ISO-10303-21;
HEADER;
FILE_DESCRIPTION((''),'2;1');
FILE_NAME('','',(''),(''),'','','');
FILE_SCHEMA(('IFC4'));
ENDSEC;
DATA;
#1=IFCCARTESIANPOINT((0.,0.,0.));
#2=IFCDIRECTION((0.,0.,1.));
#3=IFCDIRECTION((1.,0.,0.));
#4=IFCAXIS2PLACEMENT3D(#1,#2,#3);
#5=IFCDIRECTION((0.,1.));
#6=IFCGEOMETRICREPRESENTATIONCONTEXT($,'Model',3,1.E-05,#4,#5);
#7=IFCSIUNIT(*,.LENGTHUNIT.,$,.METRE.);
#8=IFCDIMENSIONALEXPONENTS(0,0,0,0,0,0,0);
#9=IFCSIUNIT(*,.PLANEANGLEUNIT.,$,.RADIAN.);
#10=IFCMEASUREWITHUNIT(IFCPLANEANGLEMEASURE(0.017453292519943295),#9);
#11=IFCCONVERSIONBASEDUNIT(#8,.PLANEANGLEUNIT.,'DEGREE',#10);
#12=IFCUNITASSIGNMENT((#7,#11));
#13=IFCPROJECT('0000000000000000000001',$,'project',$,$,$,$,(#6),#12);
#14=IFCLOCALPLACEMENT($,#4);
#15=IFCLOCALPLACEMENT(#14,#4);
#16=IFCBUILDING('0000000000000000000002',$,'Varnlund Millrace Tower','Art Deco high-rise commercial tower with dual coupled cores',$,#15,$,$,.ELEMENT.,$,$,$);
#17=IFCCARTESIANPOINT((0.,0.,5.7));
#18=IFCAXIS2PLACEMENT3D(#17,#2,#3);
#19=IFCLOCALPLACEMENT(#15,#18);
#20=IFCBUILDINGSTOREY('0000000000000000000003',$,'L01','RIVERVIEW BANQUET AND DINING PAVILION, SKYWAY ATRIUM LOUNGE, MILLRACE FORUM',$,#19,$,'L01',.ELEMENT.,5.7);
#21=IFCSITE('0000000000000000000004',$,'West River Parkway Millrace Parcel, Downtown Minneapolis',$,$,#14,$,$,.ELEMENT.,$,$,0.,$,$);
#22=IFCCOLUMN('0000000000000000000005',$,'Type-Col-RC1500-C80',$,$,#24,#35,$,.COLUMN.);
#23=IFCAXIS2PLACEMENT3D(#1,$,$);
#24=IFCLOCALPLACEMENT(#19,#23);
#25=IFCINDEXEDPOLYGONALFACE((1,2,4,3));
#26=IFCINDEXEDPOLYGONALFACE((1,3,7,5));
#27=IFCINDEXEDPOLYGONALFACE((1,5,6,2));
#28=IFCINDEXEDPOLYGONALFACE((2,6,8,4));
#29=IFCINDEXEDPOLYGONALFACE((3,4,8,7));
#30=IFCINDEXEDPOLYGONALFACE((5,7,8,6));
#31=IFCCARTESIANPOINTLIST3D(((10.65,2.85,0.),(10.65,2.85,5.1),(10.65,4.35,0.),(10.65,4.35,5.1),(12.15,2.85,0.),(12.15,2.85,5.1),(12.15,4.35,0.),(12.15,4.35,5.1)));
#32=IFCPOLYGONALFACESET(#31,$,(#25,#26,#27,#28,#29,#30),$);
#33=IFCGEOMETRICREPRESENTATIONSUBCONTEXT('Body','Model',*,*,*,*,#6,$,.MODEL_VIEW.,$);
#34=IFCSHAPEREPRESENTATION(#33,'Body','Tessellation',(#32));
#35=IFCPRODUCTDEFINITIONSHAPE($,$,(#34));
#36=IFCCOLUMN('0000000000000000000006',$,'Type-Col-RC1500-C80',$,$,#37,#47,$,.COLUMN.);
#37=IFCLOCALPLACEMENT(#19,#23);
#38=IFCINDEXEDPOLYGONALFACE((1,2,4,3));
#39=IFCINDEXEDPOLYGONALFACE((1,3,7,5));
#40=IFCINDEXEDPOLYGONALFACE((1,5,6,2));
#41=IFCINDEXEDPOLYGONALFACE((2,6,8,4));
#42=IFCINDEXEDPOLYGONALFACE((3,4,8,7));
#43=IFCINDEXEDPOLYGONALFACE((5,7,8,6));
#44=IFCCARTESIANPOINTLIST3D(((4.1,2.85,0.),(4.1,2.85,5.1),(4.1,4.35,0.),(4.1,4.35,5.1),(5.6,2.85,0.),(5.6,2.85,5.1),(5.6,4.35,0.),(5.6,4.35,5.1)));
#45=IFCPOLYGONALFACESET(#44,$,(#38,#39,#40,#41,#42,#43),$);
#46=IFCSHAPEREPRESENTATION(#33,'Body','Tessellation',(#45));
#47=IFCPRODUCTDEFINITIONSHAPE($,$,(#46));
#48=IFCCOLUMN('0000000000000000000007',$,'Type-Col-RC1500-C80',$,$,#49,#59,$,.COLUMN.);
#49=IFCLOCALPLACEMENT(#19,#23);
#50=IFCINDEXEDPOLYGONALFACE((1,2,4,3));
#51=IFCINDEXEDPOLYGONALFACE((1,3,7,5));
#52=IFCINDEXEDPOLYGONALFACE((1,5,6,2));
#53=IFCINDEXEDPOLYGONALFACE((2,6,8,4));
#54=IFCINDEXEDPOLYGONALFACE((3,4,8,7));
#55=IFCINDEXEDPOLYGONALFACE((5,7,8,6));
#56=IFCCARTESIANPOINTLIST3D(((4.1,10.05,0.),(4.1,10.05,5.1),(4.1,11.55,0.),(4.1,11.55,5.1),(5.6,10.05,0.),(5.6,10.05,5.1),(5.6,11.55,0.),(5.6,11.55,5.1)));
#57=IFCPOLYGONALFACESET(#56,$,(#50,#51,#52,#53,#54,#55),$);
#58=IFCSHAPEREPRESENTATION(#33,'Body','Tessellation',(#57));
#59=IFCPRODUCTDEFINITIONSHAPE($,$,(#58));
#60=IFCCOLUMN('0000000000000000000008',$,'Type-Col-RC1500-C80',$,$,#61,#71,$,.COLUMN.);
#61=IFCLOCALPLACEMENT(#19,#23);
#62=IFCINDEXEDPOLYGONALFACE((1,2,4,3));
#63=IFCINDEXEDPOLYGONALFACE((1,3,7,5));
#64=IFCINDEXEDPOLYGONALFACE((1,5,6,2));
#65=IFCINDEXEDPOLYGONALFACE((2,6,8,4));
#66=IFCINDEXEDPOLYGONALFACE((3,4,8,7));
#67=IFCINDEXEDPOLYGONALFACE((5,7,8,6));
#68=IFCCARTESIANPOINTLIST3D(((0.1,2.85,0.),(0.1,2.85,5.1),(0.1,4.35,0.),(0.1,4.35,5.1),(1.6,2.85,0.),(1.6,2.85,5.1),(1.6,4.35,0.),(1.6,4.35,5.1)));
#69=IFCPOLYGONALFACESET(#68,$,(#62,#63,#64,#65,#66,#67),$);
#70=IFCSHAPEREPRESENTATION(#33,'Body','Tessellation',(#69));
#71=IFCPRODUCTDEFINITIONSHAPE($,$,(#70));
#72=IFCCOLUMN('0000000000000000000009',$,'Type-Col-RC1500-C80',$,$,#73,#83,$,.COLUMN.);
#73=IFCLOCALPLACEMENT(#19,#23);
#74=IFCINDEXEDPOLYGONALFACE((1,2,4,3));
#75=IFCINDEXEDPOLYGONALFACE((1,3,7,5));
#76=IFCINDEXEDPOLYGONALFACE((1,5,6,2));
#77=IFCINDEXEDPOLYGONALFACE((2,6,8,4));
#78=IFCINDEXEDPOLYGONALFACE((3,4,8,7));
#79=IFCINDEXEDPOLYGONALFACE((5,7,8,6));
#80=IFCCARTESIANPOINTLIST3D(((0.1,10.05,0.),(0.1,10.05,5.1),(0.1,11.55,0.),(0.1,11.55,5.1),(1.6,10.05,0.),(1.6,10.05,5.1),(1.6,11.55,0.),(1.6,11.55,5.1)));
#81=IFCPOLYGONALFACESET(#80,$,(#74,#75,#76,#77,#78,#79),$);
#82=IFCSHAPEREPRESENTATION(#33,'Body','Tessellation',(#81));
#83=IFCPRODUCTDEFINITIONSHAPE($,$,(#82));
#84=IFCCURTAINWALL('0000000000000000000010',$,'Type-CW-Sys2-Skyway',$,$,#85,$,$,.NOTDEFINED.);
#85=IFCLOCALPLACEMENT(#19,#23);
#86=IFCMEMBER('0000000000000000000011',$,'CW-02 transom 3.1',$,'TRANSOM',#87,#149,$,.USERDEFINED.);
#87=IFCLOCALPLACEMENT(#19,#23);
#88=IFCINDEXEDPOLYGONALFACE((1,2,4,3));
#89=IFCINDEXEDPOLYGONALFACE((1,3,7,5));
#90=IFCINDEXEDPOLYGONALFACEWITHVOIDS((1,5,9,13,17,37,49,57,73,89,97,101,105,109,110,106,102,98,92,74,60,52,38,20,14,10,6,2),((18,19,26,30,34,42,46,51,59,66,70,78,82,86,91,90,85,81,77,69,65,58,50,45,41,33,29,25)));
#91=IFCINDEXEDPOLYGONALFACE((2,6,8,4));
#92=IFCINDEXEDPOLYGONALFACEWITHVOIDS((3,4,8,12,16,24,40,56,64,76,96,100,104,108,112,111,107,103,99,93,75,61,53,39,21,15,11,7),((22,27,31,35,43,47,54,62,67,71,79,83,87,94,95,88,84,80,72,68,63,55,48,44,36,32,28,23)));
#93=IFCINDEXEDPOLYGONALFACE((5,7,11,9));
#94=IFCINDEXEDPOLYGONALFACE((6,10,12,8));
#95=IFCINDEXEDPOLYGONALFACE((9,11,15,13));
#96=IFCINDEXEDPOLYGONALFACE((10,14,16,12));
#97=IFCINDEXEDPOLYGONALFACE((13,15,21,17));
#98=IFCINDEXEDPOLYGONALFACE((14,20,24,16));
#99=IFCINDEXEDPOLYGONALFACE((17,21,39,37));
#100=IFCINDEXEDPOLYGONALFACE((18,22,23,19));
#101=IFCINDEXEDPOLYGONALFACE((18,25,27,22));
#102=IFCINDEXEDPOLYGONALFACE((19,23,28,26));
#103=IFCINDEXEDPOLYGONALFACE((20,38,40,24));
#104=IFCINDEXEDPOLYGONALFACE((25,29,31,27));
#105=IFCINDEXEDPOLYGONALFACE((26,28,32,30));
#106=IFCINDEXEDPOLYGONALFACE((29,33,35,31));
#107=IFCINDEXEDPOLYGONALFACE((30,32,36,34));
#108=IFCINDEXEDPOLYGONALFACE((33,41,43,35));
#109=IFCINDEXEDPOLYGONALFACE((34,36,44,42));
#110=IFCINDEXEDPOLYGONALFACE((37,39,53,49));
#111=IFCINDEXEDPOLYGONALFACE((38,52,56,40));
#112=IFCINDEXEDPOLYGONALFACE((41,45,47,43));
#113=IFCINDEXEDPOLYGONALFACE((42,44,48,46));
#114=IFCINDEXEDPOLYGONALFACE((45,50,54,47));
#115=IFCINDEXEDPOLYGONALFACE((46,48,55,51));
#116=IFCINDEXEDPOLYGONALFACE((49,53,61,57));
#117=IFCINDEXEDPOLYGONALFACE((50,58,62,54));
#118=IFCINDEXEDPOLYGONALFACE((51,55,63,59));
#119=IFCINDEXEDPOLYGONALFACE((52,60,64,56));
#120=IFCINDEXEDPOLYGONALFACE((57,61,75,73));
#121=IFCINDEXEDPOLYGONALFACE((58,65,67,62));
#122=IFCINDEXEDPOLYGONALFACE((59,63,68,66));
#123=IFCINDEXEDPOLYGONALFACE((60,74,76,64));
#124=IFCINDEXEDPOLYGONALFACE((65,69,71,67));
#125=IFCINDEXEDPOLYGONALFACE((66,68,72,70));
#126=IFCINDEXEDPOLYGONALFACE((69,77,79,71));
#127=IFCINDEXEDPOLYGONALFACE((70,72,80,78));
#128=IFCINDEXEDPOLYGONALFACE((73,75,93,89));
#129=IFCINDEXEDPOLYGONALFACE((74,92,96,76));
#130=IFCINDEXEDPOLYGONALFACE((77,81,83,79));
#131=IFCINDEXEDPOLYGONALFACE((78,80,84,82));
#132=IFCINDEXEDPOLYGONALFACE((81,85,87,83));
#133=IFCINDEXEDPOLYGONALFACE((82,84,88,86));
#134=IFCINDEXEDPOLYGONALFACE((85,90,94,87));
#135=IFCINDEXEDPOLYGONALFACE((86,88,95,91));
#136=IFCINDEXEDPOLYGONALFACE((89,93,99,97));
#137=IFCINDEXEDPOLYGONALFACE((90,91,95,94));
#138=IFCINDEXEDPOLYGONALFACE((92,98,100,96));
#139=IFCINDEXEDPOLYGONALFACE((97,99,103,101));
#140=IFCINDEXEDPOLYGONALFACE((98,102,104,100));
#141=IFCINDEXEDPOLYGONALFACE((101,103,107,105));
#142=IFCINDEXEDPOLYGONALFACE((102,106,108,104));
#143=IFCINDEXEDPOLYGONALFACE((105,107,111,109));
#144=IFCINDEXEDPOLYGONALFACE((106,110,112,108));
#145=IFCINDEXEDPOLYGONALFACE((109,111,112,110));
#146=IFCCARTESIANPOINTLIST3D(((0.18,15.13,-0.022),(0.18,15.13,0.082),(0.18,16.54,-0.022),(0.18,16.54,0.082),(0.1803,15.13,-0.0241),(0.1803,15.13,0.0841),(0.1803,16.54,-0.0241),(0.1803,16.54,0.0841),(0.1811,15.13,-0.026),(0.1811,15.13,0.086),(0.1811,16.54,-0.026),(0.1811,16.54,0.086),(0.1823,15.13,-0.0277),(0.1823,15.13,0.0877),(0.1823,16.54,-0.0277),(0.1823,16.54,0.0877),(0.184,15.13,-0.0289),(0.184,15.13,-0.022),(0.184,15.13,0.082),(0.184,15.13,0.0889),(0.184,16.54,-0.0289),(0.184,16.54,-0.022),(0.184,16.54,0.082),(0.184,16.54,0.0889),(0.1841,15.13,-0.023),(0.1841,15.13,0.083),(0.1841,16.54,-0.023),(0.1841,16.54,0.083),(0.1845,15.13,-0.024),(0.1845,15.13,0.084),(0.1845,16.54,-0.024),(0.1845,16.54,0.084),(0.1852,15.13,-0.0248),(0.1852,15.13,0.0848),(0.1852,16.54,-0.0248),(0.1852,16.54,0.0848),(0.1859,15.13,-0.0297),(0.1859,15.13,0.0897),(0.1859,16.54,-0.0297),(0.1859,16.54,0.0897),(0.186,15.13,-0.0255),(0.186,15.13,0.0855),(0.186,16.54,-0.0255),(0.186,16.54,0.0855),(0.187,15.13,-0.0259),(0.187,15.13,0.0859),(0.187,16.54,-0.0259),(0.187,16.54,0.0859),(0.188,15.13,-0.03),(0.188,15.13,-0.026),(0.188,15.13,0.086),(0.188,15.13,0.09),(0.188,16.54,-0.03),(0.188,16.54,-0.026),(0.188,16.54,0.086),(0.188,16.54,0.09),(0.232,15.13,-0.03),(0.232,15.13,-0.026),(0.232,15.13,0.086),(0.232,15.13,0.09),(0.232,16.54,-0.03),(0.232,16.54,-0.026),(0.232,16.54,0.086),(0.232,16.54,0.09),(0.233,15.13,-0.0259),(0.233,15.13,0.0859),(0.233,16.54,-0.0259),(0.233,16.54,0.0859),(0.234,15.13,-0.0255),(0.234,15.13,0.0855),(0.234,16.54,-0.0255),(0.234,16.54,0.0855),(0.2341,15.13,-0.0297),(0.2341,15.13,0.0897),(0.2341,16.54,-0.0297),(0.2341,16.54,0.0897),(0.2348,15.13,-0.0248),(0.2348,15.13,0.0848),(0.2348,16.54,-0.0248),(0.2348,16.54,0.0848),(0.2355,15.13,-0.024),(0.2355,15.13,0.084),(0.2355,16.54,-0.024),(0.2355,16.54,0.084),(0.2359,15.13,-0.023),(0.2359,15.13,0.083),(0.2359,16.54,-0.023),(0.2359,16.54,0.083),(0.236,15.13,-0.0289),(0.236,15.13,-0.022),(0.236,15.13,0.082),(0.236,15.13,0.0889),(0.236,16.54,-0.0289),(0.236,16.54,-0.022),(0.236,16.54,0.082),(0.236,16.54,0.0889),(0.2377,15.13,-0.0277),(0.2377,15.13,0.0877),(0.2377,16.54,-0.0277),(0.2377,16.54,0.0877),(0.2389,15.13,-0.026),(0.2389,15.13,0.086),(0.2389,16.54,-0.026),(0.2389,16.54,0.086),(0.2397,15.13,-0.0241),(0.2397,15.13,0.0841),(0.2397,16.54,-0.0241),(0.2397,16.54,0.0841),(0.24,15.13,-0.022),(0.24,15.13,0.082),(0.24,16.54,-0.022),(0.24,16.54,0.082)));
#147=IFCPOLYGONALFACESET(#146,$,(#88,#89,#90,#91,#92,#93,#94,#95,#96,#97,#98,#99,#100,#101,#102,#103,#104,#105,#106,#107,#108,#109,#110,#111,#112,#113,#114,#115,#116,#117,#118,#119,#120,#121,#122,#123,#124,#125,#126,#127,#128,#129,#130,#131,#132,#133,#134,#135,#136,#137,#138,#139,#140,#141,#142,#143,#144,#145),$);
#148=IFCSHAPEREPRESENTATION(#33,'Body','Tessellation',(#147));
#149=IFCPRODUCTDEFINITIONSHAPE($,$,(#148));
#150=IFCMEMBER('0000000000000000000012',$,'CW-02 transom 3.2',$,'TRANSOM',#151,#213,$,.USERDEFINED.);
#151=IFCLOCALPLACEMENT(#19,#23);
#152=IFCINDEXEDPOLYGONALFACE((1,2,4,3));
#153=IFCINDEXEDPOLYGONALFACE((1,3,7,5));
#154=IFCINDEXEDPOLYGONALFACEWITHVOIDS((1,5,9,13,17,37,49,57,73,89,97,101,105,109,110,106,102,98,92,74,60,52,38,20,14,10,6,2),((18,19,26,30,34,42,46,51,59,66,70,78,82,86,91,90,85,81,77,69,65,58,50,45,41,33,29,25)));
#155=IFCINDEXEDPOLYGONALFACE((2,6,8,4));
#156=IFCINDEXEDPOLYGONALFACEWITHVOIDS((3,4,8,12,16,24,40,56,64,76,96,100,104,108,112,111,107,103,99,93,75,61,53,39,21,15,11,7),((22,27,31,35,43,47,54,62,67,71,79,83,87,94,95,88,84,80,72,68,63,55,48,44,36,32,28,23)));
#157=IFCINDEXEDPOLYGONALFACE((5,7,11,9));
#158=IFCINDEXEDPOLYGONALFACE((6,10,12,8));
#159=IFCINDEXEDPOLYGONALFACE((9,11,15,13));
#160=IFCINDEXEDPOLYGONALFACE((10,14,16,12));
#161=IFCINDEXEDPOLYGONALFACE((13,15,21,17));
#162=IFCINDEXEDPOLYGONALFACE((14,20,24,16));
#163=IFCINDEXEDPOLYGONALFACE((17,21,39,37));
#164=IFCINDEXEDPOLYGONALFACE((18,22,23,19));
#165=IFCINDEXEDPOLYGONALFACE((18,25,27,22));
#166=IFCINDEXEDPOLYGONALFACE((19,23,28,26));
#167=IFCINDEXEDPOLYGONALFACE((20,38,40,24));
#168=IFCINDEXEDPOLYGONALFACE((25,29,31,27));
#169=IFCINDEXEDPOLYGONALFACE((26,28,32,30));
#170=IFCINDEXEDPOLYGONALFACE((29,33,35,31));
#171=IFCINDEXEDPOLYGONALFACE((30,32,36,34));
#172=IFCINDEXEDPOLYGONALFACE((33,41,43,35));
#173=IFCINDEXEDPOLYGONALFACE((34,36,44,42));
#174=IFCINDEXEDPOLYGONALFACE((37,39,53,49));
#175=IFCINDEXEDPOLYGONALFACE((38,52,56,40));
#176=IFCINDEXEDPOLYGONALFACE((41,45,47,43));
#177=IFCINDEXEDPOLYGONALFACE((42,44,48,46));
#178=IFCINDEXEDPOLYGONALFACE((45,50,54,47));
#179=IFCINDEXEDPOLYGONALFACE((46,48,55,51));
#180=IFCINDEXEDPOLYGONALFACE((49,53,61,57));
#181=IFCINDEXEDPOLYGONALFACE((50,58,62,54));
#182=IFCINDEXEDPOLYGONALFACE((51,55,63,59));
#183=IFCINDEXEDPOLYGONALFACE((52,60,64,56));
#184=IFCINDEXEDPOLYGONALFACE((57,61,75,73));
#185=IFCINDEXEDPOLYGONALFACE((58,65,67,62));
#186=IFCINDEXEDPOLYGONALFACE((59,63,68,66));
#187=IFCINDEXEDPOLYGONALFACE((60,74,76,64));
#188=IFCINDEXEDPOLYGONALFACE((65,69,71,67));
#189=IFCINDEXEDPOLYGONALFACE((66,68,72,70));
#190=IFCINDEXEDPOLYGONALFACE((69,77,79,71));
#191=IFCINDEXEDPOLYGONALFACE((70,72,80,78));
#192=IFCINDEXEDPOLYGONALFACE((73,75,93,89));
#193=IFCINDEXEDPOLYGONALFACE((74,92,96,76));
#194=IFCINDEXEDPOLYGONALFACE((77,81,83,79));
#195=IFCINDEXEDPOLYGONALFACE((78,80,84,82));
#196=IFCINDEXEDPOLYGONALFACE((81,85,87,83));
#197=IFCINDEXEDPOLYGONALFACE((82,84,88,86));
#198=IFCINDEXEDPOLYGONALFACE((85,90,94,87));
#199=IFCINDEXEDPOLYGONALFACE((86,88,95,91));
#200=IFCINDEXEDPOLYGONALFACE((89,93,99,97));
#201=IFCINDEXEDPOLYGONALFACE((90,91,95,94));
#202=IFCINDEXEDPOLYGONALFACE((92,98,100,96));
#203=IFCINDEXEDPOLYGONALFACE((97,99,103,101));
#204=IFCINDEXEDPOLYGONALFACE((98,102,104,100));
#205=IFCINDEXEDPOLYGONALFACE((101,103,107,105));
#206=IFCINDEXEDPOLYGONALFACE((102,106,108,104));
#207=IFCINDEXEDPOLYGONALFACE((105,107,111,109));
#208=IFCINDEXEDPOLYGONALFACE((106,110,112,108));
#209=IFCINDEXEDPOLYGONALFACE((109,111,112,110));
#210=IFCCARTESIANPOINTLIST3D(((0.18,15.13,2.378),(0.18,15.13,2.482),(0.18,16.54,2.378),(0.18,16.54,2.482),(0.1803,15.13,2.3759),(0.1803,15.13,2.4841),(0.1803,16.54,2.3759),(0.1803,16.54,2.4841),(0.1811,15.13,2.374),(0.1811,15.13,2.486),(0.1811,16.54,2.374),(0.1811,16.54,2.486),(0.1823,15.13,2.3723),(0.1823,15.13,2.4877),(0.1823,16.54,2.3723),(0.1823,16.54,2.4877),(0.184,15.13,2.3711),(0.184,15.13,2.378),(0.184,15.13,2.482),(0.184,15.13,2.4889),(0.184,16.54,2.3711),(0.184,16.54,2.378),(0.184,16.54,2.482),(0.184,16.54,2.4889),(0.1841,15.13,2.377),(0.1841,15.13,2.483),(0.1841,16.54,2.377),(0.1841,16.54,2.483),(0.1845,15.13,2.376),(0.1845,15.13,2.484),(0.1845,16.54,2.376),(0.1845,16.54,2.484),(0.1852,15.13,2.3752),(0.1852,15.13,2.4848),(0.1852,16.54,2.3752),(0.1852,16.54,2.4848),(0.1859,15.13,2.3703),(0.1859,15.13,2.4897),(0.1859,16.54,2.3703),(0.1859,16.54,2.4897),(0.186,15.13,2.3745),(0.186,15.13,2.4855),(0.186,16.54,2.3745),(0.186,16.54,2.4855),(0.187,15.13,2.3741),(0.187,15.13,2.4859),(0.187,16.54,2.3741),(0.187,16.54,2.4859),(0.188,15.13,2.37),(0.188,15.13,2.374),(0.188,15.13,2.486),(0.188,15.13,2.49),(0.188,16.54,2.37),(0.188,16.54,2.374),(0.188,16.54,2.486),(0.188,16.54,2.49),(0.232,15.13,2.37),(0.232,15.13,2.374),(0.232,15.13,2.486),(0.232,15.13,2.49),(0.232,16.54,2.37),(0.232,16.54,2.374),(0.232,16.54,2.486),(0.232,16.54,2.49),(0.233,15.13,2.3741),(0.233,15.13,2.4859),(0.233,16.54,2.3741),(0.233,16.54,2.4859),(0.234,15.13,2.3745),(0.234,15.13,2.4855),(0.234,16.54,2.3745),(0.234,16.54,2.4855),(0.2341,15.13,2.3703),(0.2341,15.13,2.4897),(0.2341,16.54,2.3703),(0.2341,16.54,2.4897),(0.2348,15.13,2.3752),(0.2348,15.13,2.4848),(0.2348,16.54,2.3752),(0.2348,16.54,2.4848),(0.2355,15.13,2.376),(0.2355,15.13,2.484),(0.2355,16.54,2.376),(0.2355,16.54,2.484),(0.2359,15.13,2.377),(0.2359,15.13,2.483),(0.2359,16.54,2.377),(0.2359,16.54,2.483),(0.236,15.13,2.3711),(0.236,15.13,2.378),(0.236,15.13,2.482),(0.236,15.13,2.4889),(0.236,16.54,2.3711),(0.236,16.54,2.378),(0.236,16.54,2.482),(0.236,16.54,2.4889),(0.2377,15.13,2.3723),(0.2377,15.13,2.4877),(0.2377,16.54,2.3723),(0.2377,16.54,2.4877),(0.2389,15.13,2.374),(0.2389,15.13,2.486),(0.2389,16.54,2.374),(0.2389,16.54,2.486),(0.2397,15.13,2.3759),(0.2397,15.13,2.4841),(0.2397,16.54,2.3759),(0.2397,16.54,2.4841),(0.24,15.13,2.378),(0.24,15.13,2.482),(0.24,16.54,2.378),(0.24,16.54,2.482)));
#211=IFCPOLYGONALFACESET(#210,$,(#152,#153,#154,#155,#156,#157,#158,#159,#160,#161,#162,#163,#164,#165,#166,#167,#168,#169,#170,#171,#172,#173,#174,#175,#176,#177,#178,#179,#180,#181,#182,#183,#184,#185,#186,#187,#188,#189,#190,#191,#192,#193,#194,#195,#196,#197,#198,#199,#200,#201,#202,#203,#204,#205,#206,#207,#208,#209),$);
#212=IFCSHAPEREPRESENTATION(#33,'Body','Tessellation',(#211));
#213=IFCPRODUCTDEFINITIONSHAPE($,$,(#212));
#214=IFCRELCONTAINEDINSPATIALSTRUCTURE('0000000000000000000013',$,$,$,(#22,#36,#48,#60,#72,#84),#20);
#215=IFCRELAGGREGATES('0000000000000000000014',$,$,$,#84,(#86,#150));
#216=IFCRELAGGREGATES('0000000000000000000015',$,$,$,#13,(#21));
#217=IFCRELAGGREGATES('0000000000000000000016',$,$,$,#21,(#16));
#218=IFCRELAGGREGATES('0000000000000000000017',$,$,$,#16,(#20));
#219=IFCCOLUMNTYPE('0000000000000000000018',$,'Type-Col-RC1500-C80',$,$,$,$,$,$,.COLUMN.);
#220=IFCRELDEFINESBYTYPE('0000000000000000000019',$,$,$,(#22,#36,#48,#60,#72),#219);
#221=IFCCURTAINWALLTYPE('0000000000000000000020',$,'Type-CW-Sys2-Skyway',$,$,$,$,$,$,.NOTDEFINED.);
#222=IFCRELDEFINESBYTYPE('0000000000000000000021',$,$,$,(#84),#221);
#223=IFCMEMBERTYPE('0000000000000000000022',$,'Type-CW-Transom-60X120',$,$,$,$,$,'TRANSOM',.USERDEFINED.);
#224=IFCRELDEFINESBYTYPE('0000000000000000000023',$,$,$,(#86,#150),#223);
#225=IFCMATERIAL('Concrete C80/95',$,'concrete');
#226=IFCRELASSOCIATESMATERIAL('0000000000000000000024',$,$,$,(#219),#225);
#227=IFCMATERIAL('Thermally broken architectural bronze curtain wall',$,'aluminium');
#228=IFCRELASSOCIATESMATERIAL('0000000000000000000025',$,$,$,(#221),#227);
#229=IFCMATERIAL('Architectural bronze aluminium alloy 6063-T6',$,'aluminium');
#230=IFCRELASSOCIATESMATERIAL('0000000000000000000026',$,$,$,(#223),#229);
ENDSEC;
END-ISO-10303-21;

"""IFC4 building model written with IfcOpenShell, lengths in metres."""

from ifc_helpers import new_model, entity, si_unit, converted_unit, direction, frame, origin_with_axes, origin_2d_with_axis, place, context, subcontext, project, spatial, rectangle, hollow_rectangle, extrude, material, material_profile, profile_set, type_object, element, aggregate, save


model = new_model("IFC4")

# Units and contexts
model_context = context("Model", 3, precision=1e-05, world=origin_with_axes(), true_north=direction((0.0, 1.0)))
body_context = subcontext(model_context, "Body", "Model", "MODEL_VIEW")
ifc_project = project(units=[si_unit("LENGTHUNIT", "METRE"), converted_unit("PLANEANGLEUNIT", "DEGREE", entity("IfcPlaneAngleMeasure", 0.017453292519943295), si_unit("PLANEANGLEUNIT", "RADIAN"), dimensions=[0, 0, 0, 0, 0, 0, 0])], contexts=[model_context])

# Site, building, storey
site_placement = place(None, origin_with_axes())
site = spatial("IfcSite", under=ifc_project, at=site_placement, Name="West River Parkway Millrace Parcel, Downtown Minneapolis", CompositionType="ELEMENT", RefElevation=0.0)
building_placement = place(site_placement, origin_with_axes())
building = spatial("IfcBuilding", under=site, at=building_placement, Name="Varnlund Millrace Tower", Description="Art Deco high-rise commercial tower with dual coupled cores", CompositionType="ELEMENT")
storey_placement = place(building_placement, frame((0.0, 0.0, 5.7), z_axis=(0.0, 0.0, 1.0), x_axis=(1.0, 0.0, 0.0)))
storey = spatial("IfcBuildingStorey", under=building, at=storey_placement, Name="L01", Description="RIVERVIEW BANQUET AND DINING PAVILION, SKYWAY ATRIUM LOUNGE, MILLRACE FORUM", LongName="L01", CompositionType="ELEMENT", Elevation=5.7)

# Columns
ifc_material_1 = material(Name="Concrete C80/95", Category="concrete")
ifc_material_profile_1 = material_profile(ifc_material_1, rectangle(XDim=1.5, YDim=1.5, at=origin_2d_with_axis()), Name="Concrete C80/95")
ifc_profile_set_1 = profile_set([ifc_material_profile_1], Name="Concrete C80/95")
column_type = type_object("IfcColumnType", Name="Type-Col-RC1500-C80", PredefinedType="COLUMN", material=ifc_profile_set_1)
for number, where, z_axis, x_axis, name in (
    (1, (11.4, 3.6, 0.0), (0.0, 0.0, 1.0), (1.0, 0.0, 0.0), "Type-Col-RC1500-C80"),
    (2, (4.85, 3.6, 0.0), (0.0, 0.0, 1.0), (1.0, 0.0, 0.0), "Type-Col-RC1500-C80"),
    (3, (4.85, 10.8, 0.0), (0.0, 0.0, 1.0), (1.0, 0.0, 0.0), "Type-Col-RC1500-C80"),
    (4, (0.85, 3.6, 0.0), (0.0, 0.0, 1.0), (1.0, 0.0, 0.0), "Type-Col-RC1500-C80"),
    (5, (0.85, 10.8, 0.0), (0.0, 0.0, 1.0), (1.0, 0.0, 0.0), "Type-Col-RC1500-C80"),
):
    element("IfcColumn", number, at=place(storey_placement, frame(where, z_axis=z_axis, x_axis=x_axis)), inside=storey, type_object=column_type, Name=name, PredefinedType="COLUMN", context=body_context, shape_type="SweptSolid", body=[
        extrude(rectangle(XDim=1.5, YDim=1.5, at=origin_2d_with_axis()), origin_with_axes(), (0.0, 0.0, 1.0), 5.1),
    ])

# Curtain wall, members
ifc_material_2 = material(Name="Thermally broken architectural bronze curtain wall", Category="aluminium")
curtain_wall_type = type_object("IfcCurtainWallType", Name="Type-CW-Sys2-Skyway", PredefinedType="NOTDEFINED", material=ifc_material_2)
curtain_wall_placement = place(storey_placement, frame((0.21, 12.1, 0.0), z_axis=(0.0, 0.0, 1.0), x_axis=(1.0, 0.0, 0.0)))
curtain_wall = element("IfcCurtainWall", 6, at=curtain_wall_placement, inside=storey, type_object=curtain_wall_type, Name="Type-CW-Sys2-Skyway", PredefinedType="NOTDEFINED")
ifc_material_3 = material(Name="Architectural bronze aluminium alloy 6063-T6", Category="aluminium")
ifc_material_profile_2 = material_profile(ifc_material_3, hollow_rectangle(XDim=0.06, YDim=0.12, WallThickness=0.004, InnerFilletRadius=0.004, OuterFilletRadius=0.008, at=origin_2d_with_axis()), Name="Architectural bronze aluminium alloy 6063-T6")
ifc_profile_set_2 = profile_set([ifc_material_profile_2], Name="Architectural bronze aluminium alloy 6063-T6")
member_type = type_object("IfcMemberType", Name="Type-CW-Transom-60X120", ElementType="TRANSOM", PredefinedType="USERDEFINED", material=ifc_profile_set_2)
member_1_placement = place(storey_placement, frame((0.21, 15.13, 0.03), z_axis=(0.0, 1.0, 0.0), x_axis=(-1.0, 0.0, 0.0)))
member_1 = element("IfcMember", 7, at=member_1_placement, type_object=member_type, Name="CW-02 transom 3.1", ObjectType="TRANSOM", PredefinedType="USERDEFINED", context=body_context, shape_type="SweptSolid", body=[
    extrude(hollow_rectangle(XDim=0.06, YDim=0.12, WallThickness=0.004, InnerFilletRadius=0.004, OuterFilletRadius=0.008, at=origin_2d_with_axis()), origin_with_axes(), (0.0, 0.0, 1.0), 1.41),
])
member_2_placement = place(storey_placement, frame((0.21, 15.13, 2.43), z_axis=(0.0, 1.0, 0.0), x_axis=(-1.0, 0.0, 0.0)))
member_2 = element("IfcMember", 8, at=member_2_placement, type_object=member_type, Name="CW-02 transom 3.2", ObjectType="TRANSOM", PredefinedType="USERDEFINED", context=body_context, shape_type="SweptSolid", body=[
    extrude(hollow_rectangle(XDim=0.06, YDim=0.12, WallThickness=0.004, InnerFilletRadius=0.004, OuterFilletRadius=0.008, at=origin_2d_with_axis()), origin_with_axes(), (0.0, 0.0, 1.0), 1.41),
])
aggregate(curtain_wall, [member_1, member_2])

save(model, "model.ifc")
